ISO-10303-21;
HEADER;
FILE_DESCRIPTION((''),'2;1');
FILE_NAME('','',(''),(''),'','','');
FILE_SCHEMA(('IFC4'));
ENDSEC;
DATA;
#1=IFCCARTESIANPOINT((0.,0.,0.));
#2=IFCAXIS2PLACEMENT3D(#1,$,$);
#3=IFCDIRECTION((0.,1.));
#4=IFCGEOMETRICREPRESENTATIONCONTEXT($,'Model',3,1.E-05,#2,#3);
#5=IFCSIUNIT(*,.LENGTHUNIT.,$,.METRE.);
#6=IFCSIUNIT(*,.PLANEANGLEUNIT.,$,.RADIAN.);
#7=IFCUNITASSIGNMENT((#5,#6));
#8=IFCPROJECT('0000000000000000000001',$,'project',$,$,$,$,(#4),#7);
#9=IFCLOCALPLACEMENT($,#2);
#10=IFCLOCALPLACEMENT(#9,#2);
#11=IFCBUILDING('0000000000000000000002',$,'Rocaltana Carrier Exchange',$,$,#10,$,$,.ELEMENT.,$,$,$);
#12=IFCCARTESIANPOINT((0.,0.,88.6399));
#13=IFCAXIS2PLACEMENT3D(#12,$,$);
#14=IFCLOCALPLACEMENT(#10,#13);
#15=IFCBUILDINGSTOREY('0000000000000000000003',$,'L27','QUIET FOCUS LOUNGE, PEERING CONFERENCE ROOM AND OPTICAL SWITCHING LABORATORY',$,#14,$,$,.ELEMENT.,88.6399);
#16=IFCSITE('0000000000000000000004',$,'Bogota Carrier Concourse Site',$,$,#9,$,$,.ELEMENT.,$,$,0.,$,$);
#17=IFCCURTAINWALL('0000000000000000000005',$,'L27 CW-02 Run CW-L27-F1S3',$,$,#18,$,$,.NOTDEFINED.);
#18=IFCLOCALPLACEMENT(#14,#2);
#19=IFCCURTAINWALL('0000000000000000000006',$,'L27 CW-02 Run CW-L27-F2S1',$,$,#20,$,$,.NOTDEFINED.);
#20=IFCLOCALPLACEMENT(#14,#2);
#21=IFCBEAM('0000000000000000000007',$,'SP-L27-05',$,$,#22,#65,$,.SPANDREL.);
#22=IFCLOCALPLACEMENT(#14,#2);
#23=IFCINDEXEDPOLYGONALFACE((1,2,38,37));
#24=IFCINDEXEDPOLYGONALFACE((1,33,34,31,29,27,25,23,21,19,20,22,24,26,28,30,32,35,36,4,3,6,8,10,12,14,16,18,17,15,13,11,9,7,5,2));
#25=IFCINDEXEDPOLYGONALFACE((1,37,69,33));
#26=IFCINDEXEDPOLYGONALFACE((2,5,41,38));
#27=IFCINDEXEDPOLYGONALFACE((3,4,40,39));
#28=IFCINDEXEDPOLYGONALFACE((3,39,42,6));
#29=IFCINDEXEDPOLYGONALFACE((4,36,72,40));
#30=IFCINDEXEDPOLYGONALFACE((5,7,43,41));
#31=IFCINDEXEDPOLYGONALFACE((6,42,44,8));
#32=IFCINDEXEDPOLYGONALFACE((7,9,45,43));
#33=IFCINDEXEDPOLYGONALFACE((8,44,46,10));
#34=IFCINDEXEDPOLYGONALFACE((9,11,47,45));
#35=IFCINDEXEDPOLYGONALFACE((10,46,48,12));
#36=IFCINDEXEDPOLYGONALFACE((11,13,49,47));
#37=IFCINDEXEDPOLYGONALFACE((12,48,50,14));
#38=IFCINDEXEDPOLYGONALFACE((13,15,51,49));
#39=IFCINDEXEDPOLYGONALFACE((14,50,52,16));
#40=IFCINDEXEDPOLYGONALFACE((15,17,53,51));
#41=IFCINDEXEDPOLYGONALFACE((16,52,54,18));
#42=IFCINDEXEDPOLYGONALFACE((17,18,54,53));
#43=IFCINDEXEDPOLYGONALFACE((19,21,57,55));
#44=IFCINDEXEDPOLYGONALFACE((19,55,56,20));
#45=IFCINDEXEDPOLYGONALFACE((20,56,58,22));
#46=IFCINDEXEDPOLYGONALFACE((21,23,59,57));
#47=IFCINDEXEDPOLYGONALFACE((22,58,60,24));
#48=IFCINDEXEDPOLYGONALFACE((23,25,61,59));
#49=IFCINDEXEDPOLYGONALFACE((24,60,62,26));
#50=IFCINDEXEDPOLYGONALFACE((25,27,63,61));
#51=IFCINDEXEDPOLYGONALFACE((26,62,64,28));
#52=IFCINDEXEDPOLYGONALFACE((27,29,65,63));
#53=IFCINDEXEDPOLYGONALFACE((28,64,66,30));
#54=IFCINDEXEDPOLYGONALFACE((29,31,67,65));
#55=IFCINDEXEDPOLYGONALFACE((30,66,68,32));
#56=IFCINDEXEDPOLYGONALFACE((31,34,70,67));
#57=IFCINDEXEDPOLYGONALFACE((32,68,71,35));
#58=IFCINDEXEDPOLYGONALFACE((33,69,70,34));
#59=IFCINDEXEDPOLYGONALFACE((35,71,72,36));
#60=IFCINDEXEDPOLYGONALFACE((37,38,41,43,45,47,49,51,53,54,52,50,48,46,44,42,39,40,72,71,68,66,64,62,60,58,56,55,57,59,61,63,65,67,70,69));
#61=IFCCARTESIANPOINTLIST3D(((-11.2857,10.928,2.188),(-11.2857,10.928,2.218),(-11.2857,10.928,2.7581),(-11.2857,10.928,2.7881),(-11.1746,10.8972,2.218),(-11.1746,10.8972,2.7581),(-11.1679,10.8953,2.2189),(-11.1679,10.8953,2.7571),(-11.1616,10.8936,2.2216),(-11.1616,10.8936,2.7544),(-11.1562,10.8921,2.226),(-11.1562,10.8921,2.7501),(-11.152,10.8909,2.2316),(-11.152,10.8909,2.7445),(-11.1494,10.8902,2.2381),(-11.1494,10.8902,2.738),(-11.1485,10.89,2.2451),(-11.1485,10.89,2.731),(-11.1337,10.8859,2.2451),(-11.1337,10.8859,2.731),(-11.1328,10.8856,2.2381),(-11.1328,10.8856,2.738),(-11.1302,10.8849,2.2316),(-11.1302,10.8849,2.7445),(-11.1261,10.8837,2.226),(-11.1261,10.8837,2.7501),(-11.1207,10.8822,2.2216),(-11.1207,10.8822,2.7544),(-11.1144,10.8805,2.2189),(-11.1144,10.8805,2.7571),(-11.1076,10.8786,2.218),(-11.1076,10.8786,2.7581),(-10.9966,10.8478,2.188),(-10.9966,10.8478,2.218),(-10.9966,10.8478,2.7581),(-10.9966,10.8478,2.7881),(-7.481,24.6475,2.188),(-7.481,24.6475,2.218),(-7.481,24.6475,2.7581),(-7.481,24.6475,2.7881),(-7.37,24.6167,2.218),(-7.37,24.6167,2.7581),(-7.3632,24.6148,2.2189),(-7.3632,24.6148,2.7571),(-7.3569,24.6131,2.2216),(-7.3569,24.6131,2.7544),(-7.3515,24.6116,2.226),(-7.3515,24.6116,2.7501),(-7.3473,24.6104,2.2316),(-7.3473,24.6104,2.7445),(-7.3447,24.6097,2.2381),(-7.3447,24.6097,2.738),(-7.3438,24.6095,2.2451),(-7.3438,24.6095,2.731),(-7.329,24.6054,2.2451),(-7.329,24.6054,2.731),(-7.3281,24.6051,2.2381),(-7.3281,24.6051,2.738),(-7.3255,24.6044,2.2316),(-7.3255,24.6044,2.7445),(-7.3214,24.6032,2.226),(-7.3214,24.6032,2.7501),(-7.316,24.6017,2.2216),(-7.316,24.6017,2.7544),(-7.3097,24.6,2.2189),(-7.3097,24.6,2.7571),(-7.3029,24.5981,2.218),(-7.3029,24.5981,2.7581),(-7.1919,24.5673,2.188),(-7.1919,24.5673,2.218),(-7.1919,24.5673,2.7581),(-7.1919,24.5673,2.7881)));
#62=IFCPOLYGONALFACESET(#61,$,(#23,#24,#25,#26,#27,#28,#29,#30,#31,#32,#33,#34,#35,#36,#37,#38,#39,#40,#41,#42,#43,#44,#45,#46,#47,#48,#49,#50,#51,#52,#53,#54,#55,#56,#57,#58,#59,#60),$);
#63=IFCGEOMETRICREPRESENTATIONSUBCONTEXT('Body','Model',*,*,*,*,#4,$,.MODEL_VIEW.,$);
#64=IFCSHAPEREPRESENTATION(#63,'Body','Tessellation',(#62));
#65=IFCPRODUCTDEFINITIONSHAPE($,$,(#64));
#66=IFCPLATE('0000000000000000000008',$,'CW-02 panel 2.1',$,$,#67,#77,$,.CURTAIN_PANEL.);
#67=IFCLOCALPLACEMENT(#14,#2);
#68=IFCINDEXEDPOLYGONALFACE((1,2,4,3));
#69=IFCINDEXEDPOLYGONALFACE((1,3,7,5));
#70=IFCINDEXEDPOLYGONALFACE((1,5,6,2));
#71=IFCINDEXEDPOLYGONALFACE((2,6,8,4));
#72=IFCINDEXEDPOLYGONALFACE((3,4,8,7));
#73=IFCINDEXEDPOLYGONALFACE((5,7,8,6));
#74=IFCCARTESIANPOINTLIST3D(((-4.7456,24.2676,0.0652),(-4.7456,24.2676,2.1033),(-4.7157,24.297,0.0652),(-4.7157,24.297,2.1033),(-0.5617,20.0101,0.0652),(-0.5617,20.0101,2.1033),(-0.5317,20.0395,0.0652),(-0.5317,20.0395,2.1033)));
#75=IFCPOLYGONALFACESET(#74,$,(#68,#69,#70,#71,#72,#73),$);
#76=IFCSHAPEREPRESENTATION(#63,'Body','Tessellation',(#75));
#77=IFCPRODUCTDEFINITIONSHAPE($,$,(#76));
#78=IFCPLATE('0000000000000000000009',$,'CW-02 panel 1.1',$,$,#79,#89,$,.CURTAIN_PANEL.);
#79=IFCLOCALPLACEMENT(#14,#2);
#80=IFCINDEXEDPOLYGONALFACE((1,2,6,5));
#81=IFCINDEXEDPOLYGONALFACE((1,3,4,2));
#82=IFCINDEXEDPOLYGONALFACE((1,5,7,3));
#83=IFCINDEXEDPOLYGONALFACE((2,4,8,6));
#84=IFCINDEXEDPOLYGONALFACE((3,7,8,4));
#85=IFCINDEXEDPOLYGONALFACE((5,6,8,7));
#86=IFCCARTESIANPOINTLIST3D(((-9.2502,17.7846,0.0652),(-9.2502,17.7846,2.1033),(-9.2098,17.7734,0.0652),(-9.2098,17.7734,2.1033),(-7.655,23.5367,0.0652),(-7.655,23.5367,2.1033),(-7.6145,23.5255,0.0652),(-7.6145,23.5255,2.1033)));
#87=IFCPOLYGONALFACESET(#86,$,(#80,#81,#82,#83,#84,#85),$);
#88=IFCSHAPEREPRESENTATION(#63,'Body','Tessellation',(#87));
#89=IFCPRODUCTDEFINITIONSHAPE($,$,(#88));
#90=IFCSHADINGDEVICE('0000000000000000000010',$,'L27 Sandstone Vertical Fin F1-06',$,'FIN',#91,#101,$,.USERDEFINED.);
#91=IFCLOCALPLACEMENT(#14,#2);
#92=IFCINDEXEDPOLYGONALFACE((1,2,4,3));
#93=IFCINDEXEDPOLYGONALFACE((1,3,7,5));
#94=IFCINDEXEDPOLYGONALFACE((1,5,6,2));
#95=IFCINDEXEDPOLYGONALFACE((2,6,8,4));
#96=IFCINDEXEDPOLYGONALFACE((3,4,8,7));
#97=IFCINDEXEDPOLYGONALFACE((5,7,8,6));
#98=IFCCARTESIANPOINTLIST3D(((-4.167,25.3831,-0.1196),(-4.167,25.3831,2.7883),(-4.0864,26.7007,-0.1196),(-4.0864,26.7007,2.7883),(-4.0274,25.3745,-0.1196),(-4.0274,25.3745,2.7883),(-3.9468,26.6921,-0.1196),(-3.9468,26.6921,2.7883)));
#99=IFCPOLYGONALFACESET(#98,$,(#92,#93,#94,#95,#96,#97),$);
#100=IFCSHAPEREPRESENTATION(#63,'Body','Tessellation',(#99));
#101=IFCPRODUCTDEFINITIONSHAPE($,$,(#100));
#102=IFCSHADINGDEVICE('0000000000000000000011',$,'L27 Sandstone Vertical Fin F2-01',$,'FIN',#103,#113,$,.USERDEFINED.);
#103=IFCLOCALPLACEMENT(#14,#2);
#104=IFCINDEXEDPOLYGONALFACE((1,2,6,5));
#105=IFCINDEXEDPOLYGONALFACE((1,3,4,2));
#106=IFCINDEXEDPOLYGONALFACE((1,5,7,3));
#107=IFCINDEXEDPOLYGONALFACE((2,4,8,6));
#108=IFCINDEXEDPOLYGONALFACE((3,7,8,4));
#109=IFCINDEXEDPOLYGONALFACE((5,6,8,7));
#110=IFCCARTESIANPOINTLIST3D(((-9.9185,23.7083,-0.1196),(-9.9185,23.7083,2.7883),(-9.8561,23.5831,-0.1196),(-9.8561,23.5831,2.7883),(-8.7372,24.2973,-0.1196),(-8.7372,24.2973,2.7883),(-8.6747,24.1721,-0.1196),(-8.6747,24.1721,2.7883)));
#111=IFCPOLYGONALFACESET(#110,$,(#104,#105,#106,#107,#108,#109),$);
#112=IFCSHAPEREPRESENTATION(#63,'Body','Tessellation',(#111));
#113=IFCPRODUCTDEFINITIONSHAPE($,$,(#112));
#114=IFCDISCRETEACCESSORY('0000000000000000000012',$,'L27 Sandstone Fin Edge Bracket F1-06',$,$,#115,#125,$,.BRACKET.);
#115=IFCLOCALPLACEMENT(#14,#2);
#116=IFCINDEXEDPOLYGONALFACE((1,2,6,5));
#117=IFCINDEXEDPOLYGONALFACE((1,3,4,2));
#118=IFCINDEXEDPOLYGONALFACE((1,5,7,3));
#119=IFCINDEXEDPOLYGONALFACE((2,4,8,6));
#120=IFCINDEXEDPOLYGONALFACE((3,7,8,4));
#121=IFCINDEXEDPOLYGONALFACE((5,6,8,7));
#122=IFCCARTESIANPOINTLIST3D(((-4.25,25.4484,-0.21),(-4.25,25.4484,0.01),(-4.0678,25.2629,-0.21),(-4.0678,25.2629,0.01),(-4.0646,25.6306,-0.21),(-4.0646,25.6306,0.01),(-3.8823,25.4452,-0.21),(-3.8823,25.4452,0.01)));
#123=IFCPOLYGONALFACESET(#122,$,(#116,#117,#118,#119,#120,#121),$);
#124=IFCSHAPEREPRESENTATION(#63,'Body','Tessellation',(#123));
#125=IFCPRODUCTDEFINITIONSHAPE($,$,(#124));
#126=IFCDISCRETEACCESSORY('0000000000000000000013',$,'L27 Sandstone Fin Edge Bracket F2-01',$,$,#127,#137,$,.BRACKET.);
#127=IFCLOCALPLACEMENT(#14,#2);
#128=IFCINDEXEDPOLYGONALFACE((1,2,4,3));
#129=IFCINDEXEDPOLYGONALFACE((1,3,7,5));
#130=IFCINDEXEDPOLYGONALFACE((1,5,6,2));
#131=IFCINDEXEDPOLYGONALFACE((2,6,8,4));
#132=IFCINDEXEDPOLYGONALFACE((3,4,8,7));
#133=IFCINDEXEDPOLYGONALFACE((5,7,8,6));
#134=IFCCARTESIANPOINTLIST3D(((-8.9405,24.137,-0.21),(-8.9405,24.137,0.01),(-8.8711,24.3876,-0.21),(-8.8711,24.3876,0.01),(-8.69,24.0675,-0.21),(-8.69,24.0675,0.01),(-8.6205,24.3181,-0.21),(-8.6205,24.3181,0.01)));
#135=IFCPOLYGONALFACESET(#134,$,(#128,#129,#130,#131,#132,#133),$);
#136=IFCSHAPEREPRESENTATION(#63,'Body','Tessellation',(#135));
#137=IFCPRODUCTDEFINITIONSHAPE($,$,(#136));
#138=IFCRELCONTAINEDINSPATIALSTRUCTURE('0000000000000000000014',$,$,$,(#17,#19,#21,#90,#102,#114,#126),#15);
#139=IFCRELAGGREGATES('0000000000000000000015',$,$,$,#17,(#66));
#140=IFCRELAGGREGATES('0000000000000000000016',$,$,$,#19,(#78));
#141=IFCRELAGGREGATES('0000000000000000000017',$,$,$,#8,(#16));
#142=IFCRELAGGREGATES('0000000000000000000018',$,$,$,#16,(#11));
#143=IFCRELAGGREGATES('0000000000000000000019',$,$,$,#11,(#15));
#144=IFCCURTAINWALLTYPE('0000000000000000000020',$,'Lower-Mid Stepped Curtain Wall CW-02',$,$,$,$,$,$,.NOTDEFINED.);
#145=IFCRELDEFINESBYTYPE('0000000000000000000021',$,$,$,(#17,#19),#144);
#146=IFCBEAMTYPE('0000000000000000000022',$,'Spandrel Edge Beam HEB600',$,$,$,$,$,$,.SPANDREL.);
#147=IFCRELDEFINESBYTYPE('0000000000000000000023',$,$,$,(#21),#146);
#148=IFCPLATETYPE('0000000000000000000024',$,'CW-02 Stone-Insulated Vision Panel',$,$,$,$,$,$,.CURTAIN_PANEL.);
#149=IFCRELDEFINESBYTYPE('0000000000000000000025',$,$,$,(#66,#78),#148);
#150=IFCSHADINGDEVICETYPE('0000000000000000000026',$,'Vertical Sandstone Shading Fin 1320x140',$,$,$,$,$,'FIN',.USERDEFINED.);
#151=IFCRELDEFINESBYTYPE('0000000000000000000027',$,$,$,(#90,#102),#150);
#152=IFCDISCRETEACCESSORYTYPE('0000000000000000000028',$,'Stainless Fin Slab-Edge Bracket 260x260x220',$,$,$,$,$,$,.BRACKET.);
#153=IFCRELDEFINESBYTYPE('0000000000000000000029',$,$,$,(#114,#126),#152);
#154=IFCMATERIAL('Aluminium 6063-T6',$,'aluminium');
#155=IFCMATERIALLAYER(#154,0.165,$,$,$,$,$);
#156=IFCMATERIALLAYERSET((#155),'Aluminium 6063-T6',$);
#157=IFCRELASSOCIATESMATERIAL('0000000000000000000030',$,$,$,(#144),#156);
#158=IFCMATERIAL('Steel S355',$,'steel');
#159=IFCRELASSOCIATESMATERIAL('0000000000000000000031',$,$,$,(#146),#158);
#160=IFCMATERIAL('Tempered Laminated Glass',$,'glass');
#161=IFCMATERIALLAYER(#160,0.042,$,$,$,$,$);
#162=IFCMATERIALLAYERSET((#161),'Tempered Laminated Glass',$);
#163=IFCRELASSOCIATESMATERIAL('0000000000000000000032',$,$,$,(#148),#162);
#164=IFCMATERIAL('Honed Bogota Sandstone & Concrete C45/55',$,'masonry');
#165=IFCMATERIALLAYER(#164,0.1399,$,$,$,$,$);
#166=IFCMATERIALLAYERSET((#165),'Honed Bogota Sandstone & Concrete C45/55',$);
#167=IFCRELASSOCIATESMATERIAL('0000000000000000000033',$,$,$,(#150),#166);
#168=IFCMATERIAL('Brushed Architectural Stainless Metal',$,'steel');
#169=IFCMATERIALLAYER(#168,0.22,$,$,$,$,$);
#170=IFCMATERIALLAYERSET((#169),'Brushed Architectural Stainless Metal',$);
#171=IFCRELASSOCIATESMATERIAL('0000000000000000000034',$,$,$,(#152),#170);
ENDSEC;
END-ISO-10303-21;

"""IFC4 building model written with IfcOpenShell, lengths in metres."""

from ifc_helpers import new_model, si_unit, direction, frame, origin, origin_2d, place, context, subcontext, project, spatial, rectangle, i_section, extrude, material, layer, layer_set, material_profile, profile_set, type_object, element, aggregate, save


model = new_model("IFC4")

# Units and contexts
model_context = context("Model", 3, precision=1e-05, world=origin(), true_north=direction((0.0, 1.0)))
body_context = subcontext(model_context, "Body", "Model", "MODEL_VIEW")
ifc_project = project(units=[si_unit("LENGTHUNIT", "METRE"), si_unit("PLANEANGLEUNIT", "RADIAN")], contexts=[model_context])

# Site, building, storey
site_placement = place(None, origin())
site = spatial("IfcSite", under=ifc_project, at=site_placement, Name="Bogota Carrier Concourse Site", CompositionType="ELEMENT", RefElevation=0.0)
building_placement = place(site_placement, origin())
building = spatial("IfcBuilding", under=site, at=building_placement, Name="Rocaltana Carrier Exchange", CompositionType="ELEMENT")
storey_placement = place(building_placement, frame((0.0, 0.0, 88.6399)))
storey = spatial("IfcBuildingStorey", under=building, at=storey_placement, Name="L27", Description="QUIET FOCUS LOUNGE, PEERING CONFERENCE ROOM AND OPTICAL SWITCHING LABORATORY", CompositionType="ELEMENT", Elevation=88.6399)

# Curtain wall
ifc_material_1 = material(Name="Aluminium 6063-T6", Category="aluminium")
ifc_layer_1 = layer(ifc_material_1, 0.165)
ifc_layer_set_1 = layer_set([ifc_layer_1], Name="Aluminium 6063-T6")
curtain_wall_type = type_object("IfcCurtainWallType", Name="Lower-Mid Stepped Curtain Wall CW-02", PredefinedType="NOTDEFINED", material=ifc_layer_set_1)
curtain_wall_1_placement = place(storey_placement, origin())
curtain_wall_1 = element("IfcCurtainWall", 1, at=curtain_wall_1_placement, inside=storey, type_object=curtain_wall_type, Name="L27 CW-02 Run CW-L27-F1S3", PredefinedType="NOTDEFINED")

# Curtain wall
curtain_wall_2_placement = place(storey_placement, origin())
curtain_wall_2 = element("IfcCurtainWall", 2, at=curtain_wall_2_placement, inside=storey, type_object=curtain_wall_type, Name="L27 CW-02 Run CW-L27-F2S1", PredefinedType="NOTDEFINED")

# Beam
ifc_material_2 = material(Name="Steel S355", Category="steel")
ifc_material_profile_1 = material_profile(ifc_material_2, i_section(OverallWidth=0.3, OverallDepth=0.6001, WebThickness=0.0154, FlangeThickness=0.03, FilletRadius=0.0271, at=origin_2d()), Name="HEB600")
ifc_profile_set_1 = profile_set([ifc_material_profile_1], Name="Steel S355")
beam_type_1 = type_object("IfcBeamType", Name="Spandrel Edge Beam HEB600", PredefinedType="SPANDREL", material=ifc_profile_set_1)
beam_1_placement = place(storey_placement, frame((-7.3364, 24.6074, 2.488), z_axis=(-0.267234, -0.963632, 0.0), x_axis=(0.963632, -0.267234, 0.0)))
element("IfcBeam", 3, at=beam_1_placement, inside=storey, type_object=beam_type_1, Name="SP-L27-05", PredefinedType="SPANDREL", context=body_context, shape_type="SweptSolid", body=[
    extrude(i_section(OverallWidth=0.3, OverallDepth=0.6001, WebThickness=0.0154, FlangeThickness=0.03, FilletRadius=0.0271, at=origin_2d()), origin(), (0.0, 0.0, 1.0), 14.2373),
])

# Plates
ifc_material_3 = material(Name="Tempered Laminated Glass", Category="glass")
ifc_layer_2 = layer(ifc_material_3, 0.042)
ifc_layer_set_2 = layer_set([ifc_layer_2], Name="Tempered Laminated Glass")
plate_type = type_object("IfcPlateType", Name="CW-02 Stone-Insulated Vision Panel", PredefinedType="CURTAIN_PANEL", material=ifc_layer_set_2)
plate_1_placement = place(storey_placement, frame((-2.6387, 22.1536, 0.0652), z_axis=(0.0, 0.0, 1.0), x_axis=(-0.700915, 0.713245, 0.0)))
plate_1 = element("IfcPlate", 4, at=plate_1_placement, type_object=plate_type, Name="CW-02 panel 2.1", PredefinedType="CURTAIN_PANEL", context=body_context, shape_type="SweptSolid", body=[
    extrude(rectangle(XDim=5.9692, YDim=0.042, at=origin_2d()), origin(), (0.0, 0.0, 1.0), 2.0381),
])
aggregate(curtain_wall_1, [plate_1])
plate_2_placement = place(storey_placement, frame((-8.4324, 20.655, 0.0652), z_axis=(0.0, 0.0, 1.0), x_axis=(-0.267246, -0.963628, 0.0)))
plate_2 = element("IfcPlate", 5, at=plate_2_placement, type_object=plate_type, Name="CW-02 panel 1.1", PredefinedType="CURTAIN_PANEL", context=body_context, shape_type="SweptSolid", body=[
    extrude(rectangle(XDim=5.9692, YDim=0.042, at=origin_2d()), origin(), (0.0, 0.0, 1.0), 2.0381),
])
aggregate(curtain_wall_2, [plate_2])

# Shading devices
ifc_material_4 = material(Name="Honed Bogota Sandstone & Concrete C45/55", Category="masonry")
ifc_layer_3 = layer(ifc_material_4, 0.1399)
ifc_layer_set_3 = layer_set([ifc_layer_3], Name="Honed Bogota Sandstone & Concrete C45/55")
shading_device_type = type_object("IfcShadingDeviceType", Name="Vertical Sandstone Shading Fin 1320x140", ElementType="FIN", PredefinedType="USERDEFINED", material=ifc_layer_set_3)
for number, where, z_axis, x_axis, name in (
    (6, (-4.0569, 26.0376, -0.1196), (0.0, 0.0, 1.0), (0.061049, 0.998135, 0.0), "L27 Sandstone Vertical Fin F1-06"),
    (7, (-9.2966, 23.9402, -0.1196), (0.0, 0.0, 1.0), (-0.894934, -0.446198, 0.0), "L27 Sandstone Vertical Fin F2-01"),
):
    element("IfcShadingDevice", number, at=place(storey_placement, frame(where, z_axis=z_axis, x_axis=x_axis)), inside=storey, type_object=shading_device_type, Name=name, ObjectType="FIN", PredefinedType="USERDEFINED", context=body_context, shape_type="SweptSolid", body=[
        extrude(rectangle(XDim=1.3201, YDim=0.1399, at=origin_2d()), origin(), (0.0, 0.0, 1.0), 2.908),
    ])

# Discrete accessories
ifc_material_5 = material(Name="Brushed Architectural Stainless Metal", Category="steel")
ifc_layer_4 = layer(ifc_material_5, 0.22)
ifc_layer_set_4 = layer_set([ifc_layer_4], Name="Brushed Architectural Stainless Metal")
discrete_accessory_type = type_object("IfcDiscreteAccessoryType", Name="Stainless Fin Slab-Edge Bracket 260x260x220", PredefinedType="BRACKET", material=ifc_layer_set_4)
for number, where, z_axis, x_axis, name in (
    (8, (-4.0662, 25.4468, -0.21), (0.0, 0.0, 1.0), (-0.700909, 0.71325, 0.0), "L27 Sandstone Fin Edge Bracket F1-06"),
    (9, (-8.7805, 24.2275, -0.21), (0.0, 0.0, 1.0), (-0.267238, -0.96363, 0.0), "L27 Sandstone Fin Edge Bracket F2-01"),
):
    element("IfcDiscreteAccessory", number, at=place(storey_placement, frame(where, z_axis=z_axis, x_axis=x_axis)), inside=storey, type_object=discrete_accessory_type, Name=name, PredefinedType="BRACKET", context=body_context, shape_type="SweptSolid", body=[
        extrude(rectangle(XDim=0.26, YDim=0.26, at=origin_2d()), origin(), (0.0, 0.0, 1.0), 0.22),
    ])

save(model, "model.ifc")
